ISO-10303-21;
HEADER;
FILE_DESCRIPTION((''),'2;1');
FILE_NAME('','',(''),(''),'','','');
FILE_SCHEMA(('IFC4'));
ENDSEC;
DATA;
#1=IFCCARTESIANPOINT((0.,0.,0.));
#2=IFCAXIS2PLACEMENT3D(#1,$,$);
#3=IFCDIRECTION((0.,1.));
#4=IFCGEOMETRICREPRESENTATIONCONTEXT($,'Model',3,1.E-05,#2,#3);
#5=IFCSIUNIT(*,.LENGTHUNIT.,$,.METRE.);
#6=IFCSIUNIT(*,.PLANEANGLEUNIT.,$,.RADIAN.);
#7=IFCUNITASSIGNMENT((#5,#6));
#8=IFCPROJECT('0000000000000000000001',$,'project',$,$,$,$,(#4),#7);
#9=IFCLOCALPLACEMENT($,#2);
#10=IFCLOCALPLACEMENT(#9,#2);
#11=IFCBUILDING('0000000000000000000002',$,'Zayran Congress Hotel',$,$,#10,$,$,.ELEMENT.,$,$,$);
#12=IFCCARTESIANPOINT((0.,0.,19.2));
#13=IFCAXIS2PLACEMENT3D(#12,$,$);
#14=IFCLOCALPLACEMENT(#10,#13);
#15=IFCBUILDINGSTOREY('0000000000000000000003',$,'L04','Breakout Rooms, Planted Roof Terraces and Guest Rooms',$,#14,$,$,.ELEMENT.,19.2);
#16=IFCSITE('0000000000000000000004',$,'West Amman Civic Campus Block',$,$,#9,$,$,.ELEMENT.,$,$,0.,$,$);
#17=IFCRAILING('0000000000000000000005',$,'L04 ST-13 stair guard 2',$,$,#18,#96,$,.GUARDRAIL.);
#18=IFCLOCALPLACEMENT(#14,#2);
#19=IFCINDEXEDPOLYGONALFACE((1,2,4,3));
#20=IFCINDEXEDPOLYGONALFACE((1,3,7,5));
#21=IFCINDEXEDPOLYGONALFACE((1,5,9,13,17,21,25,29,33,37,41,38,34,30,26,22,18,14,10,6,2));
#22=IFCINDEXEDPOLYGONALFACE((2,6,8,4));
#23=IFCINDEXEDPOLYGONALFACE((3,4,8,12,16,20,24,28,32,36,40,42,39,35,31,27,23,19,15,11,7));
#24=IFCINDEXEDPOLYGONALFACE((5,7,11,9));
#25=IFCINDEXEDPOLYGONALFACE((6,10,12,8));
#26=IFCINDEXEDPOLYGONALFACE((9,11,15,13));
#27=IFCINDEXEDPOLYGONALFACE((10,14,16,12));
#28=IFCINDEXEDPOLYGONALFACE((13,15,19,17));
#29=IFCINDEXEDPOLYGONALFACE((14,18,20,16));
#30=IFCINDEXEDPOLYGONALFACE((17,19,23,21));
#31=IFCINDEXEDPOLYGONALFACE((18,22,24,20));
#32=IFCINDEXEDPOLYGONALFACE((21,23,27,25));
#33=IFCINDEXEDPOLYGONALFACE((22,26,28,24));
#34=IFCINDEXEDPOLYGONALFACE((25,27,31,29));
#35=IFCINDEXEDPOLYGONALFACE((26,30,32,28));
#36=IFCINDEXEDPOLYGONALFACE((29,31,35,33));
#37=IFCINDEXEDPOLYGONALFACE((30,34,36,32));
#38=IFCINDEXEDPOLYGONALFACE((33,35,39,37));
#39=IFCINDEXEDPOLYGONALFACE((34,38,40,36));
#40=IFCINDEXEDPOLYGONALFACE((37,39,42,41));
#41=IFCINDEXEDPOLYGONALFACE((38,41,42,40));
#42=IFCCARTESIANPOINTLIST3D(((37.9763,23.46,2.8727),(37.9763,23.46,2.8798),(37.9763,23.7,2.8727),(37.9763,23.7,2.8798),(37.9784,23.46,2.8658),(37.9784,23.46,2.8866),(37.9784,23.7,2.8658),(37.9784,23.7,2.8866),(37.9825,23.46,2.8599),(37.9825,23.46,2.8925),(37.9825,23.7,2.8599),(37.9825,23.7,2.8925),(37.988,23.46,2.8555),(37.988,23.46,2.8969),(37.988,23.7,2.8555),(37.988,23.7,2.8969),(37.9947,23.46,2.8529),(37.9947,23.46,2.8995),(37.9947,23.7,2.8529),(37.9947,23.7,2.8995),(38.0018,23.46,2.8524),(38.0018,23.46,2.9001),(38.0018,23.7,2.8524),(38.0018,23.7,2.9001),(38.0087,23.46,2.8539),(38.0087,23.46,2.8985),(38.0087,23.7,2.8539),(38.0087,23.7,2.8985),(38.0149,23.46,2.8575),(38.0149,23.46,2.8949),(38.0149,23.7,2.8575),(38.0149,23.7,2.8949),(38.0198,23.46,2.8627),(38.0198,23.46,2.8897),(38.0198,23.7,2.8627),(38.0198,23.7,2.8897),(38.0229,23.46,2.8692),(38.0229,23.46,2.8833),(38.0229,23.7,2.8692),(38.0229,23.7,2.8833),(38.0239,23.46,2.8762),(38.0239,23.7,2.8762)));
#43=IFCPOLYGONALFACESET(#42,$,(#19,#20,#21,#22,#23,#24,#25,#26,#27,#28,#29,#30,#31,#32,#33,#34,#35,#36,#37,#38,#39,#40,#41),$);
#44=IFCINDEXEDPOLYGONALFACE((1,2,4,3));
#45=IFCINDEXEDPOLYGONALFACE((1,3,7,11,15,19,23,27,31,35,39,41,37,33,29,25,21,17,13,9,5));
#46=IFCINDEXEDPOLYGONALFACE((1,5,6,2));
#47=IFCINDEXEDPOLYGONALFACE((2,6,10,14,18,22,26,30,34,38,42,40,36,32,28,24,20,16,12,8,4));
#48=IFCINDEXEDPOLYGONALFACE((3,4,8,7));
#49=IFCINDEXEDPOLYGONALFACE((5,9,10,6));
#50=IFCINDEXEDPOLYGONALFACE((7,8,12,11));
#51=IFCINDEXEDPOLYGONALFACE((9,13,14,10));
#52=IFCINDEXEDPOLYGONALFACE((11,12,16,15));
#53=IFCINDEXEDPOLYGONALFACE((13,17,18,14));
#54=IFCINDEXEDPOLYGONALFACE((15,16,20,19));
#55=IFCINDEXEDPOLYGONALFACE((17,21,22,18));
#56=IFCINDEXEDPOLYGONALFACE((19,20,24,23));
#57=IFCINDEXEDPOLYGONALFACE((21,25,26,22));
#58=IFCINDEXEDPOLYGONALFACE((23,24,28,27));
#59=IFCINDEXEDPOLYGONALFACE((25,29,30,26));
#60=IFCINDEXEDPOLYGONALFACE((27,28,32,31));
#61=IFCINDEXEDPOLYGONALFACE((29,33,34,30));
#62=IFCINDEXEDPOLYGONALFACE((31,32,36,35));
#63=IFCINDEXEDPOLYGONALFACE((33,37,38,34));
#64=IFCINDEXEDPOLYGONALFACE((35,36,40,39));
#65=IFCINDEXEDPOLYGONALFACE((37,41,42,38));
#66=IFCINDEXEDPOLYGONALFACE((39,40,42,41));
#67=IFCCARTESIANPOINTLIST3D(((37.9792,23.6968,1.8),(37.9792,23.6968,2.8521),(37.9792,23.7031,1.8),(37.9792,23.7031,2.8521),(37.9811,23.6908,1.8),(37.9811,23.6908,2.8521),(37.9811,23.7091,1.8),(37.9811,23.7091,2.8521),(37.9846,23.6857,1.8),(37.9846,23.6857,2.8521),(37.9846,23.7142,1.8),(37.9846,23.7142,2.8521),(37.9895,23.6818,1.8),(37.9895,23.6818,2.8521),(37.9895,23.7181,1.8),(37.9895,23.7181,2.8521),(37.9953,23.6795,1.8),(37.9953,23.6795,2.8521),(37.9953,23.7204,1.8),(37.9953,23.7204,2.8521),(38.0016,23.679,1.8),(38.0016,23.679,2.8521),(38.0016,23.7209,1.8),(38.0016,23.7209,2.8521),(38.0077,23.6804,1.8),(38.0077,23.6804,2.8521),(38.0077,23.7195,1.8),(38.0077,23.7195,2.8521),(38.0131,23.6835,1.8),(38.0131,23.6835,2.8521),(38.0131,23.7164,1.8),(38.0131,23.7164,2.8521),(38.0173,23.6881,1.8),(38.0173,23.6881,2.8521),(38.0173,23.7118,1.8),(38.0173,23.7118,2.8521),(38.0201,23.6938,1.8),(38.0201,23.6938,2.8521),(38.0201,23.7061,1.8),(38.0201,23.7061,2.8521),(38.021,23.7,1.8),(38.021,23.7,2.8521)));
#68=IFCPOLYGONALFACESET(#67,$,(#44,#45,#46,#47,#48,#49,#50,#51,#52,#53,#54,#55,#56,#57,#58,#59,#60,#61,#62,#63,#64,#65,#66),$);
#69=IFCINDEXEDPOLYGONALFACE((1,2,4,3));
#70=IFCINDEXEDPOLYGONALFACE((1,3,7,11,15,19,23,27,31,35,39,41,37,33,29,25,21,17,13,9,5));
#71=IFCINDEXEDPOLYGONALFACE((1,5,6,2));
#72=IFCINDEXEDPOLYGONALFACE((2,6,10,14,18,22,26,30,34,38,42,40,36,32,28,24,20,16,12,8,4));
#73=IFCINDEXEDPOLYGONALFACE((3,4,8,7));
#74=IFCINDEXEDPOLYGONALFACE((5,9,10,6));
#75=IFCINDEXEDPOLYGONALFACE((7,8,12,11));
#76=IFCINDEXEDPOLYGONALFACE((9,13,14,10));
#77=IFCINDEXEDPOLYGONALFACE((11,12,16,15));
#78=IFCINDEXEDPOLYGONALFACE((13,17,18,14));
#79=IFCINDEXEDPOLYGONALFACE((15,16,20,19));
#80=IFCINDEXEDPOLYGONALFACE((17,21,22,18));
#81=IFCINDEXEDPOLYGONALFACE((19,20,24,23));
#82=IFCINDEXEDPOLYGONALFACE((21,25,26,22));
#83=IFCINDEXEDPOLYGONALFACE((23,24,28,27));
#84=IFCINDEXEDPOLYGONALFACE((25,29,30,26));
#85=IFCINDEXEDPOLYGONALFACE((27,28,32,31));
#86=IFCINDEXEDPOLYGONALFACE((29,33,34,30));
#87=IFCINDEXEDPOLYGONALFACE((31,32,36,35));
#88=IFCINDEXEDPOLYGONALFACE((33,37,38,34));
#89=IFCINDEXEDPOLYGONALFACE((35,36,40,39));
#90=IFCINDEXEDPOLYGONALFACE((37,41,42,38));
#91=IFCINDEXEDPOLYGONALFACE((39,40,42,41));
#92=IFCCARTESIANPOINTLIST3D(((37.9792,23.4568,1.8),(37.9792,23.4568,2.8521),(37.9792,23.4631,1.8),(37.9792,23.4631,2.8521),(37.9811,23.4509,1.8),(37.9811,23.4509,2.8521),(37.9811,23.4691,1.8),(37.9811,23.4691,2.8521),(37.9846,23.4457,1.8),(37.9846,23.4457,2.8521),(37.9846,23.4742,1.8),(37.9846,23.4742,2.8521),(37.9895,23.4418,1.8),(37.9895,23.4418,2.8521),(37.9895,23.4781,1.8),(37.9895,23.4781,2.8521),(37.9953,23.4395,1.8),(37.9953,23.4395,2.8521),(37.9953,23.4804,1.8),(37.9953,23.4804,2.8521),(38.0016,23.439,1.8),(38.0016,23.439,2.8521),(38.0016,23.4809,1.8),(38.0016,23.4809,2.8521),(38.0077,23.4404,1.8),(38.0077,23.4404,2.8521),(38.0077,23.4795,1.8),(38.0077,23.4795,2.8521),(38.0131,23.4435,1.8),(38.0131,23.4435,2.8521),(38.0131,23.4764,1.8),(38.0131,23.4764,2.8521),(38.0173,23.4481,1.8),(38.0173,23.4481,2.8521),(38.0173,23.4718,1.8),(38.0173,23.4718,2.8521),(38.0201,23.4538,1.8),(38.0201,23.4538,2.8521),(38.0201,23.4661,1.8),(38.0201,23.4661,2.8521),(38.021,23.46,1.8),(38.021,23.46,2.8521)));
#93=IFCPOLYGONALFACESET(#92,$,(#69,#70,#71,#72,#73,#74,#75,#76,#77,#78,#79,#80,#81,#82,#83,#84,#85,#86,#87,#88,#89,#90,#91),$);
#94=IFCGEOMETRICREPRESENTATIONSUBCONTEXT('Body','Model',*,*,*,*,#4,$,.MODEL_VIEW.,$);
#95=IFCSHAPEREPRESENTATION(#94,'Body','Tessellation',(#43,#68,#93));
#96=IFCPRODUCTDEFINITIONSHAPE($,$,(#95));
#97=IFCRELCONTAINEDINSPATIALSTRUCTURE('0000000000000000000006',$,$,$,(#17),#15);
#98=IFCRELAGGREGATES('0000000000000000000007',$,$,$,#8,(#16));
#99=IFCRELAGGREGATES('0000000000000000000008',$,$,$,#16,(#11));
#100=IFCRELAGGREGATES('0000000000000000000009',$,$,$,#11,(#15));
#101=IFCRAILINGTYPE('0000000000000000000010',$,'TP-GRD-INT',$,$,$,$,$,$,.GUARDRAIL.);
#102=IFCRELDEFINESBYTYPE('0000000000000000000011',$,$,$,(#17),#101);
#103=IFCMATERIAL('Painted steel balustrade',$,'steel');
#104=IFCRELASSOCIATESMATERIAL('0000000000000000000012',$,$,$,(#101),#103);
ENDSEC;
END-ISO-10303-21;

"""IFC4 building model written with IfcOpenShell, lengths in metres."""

from ifc_helpers import new_model, si_unit, direction, frame, origin, origin_2d, place, context, subcontext, project, spatial, circle, extrude, material, type_object, element, save


model = new_model("IFC4")

# Units and contexts
model_context = context("Model", 3, precision=1e-05, world=origin(), true_north=direction((0.0, 1.0)))
body_context = subcontext(model_context, "Body", "Model", "MODEL_VIEW")
ifc_project = project(units=[si_unit("LENGTHUNIT", "METRE"), si_unit("PLANEANGLEUNIT", "RADIAN")], contexts=[model_context])

# Site, building, storey
site_placement = place(None, origin())
site = spatial("IfcSite", under=ifc_project, at=site_placement, Name="West Amman Civic Campus Block", CompositionType="ELEMENT", RefElevation=0.0)
building_placement = place(site_placement, origin())
building = spatial("IfcBuilding", under=site, at=building_placement, Name="Zayran Congress Hotel", CompositionType="ELEMENT")
storey_placement = place(building_placement, frame((0.0, 0.0, 19.2)))
storey = spatial("IfcBuildingStorey", under=building, at=storey_placement, Name="L04", Description="Breakout Rooms, Planted Roof Terraces and Guest Rooms", CompositionType="ELEMENT", Elevation=19.2)

# Railing
ifc_material_1 = material(Name="Painted steel balustrade", Category="steel")
railing_type_1 = type_object("IfcRailingType", Name="TP-GRD-INT", PredefinedType="GUARDRAIL", material=ifc_material_1)
railing_1_placement = place(storey_placement, frame((38.0, 23.7, 1.8)))
element("IfcRailing", 1, at=railing_1_placement, inside=storey, type_object=railing_type_1, Name="L04 ST-13 stair guard 2", PredefinedType="GUARDRAIL", context=body_context, shape_type="SweptSolid", body=[
    extrude(circle(Radius=0.0239, at=origin_2d()), frame((0.0, 0.0, 1.0762), z_axis=(0.0, -1.0, 0.0), x_axis=(1.0, 0.0, 0.0)), (0.0, 0.0, 1.0), 0.24),
    extrude(circle(Radius=0.021, at=origin_2d()), origin(), (0.0, 0.0, 1.0), 1.052),
    extrude(circle(Radius=0.021, at=origin_2d()), frame((0.0, -0.24, 0.0)), (0.0, 0.0, 1.0), 1.052),
])

save(model, "model.ifc")
